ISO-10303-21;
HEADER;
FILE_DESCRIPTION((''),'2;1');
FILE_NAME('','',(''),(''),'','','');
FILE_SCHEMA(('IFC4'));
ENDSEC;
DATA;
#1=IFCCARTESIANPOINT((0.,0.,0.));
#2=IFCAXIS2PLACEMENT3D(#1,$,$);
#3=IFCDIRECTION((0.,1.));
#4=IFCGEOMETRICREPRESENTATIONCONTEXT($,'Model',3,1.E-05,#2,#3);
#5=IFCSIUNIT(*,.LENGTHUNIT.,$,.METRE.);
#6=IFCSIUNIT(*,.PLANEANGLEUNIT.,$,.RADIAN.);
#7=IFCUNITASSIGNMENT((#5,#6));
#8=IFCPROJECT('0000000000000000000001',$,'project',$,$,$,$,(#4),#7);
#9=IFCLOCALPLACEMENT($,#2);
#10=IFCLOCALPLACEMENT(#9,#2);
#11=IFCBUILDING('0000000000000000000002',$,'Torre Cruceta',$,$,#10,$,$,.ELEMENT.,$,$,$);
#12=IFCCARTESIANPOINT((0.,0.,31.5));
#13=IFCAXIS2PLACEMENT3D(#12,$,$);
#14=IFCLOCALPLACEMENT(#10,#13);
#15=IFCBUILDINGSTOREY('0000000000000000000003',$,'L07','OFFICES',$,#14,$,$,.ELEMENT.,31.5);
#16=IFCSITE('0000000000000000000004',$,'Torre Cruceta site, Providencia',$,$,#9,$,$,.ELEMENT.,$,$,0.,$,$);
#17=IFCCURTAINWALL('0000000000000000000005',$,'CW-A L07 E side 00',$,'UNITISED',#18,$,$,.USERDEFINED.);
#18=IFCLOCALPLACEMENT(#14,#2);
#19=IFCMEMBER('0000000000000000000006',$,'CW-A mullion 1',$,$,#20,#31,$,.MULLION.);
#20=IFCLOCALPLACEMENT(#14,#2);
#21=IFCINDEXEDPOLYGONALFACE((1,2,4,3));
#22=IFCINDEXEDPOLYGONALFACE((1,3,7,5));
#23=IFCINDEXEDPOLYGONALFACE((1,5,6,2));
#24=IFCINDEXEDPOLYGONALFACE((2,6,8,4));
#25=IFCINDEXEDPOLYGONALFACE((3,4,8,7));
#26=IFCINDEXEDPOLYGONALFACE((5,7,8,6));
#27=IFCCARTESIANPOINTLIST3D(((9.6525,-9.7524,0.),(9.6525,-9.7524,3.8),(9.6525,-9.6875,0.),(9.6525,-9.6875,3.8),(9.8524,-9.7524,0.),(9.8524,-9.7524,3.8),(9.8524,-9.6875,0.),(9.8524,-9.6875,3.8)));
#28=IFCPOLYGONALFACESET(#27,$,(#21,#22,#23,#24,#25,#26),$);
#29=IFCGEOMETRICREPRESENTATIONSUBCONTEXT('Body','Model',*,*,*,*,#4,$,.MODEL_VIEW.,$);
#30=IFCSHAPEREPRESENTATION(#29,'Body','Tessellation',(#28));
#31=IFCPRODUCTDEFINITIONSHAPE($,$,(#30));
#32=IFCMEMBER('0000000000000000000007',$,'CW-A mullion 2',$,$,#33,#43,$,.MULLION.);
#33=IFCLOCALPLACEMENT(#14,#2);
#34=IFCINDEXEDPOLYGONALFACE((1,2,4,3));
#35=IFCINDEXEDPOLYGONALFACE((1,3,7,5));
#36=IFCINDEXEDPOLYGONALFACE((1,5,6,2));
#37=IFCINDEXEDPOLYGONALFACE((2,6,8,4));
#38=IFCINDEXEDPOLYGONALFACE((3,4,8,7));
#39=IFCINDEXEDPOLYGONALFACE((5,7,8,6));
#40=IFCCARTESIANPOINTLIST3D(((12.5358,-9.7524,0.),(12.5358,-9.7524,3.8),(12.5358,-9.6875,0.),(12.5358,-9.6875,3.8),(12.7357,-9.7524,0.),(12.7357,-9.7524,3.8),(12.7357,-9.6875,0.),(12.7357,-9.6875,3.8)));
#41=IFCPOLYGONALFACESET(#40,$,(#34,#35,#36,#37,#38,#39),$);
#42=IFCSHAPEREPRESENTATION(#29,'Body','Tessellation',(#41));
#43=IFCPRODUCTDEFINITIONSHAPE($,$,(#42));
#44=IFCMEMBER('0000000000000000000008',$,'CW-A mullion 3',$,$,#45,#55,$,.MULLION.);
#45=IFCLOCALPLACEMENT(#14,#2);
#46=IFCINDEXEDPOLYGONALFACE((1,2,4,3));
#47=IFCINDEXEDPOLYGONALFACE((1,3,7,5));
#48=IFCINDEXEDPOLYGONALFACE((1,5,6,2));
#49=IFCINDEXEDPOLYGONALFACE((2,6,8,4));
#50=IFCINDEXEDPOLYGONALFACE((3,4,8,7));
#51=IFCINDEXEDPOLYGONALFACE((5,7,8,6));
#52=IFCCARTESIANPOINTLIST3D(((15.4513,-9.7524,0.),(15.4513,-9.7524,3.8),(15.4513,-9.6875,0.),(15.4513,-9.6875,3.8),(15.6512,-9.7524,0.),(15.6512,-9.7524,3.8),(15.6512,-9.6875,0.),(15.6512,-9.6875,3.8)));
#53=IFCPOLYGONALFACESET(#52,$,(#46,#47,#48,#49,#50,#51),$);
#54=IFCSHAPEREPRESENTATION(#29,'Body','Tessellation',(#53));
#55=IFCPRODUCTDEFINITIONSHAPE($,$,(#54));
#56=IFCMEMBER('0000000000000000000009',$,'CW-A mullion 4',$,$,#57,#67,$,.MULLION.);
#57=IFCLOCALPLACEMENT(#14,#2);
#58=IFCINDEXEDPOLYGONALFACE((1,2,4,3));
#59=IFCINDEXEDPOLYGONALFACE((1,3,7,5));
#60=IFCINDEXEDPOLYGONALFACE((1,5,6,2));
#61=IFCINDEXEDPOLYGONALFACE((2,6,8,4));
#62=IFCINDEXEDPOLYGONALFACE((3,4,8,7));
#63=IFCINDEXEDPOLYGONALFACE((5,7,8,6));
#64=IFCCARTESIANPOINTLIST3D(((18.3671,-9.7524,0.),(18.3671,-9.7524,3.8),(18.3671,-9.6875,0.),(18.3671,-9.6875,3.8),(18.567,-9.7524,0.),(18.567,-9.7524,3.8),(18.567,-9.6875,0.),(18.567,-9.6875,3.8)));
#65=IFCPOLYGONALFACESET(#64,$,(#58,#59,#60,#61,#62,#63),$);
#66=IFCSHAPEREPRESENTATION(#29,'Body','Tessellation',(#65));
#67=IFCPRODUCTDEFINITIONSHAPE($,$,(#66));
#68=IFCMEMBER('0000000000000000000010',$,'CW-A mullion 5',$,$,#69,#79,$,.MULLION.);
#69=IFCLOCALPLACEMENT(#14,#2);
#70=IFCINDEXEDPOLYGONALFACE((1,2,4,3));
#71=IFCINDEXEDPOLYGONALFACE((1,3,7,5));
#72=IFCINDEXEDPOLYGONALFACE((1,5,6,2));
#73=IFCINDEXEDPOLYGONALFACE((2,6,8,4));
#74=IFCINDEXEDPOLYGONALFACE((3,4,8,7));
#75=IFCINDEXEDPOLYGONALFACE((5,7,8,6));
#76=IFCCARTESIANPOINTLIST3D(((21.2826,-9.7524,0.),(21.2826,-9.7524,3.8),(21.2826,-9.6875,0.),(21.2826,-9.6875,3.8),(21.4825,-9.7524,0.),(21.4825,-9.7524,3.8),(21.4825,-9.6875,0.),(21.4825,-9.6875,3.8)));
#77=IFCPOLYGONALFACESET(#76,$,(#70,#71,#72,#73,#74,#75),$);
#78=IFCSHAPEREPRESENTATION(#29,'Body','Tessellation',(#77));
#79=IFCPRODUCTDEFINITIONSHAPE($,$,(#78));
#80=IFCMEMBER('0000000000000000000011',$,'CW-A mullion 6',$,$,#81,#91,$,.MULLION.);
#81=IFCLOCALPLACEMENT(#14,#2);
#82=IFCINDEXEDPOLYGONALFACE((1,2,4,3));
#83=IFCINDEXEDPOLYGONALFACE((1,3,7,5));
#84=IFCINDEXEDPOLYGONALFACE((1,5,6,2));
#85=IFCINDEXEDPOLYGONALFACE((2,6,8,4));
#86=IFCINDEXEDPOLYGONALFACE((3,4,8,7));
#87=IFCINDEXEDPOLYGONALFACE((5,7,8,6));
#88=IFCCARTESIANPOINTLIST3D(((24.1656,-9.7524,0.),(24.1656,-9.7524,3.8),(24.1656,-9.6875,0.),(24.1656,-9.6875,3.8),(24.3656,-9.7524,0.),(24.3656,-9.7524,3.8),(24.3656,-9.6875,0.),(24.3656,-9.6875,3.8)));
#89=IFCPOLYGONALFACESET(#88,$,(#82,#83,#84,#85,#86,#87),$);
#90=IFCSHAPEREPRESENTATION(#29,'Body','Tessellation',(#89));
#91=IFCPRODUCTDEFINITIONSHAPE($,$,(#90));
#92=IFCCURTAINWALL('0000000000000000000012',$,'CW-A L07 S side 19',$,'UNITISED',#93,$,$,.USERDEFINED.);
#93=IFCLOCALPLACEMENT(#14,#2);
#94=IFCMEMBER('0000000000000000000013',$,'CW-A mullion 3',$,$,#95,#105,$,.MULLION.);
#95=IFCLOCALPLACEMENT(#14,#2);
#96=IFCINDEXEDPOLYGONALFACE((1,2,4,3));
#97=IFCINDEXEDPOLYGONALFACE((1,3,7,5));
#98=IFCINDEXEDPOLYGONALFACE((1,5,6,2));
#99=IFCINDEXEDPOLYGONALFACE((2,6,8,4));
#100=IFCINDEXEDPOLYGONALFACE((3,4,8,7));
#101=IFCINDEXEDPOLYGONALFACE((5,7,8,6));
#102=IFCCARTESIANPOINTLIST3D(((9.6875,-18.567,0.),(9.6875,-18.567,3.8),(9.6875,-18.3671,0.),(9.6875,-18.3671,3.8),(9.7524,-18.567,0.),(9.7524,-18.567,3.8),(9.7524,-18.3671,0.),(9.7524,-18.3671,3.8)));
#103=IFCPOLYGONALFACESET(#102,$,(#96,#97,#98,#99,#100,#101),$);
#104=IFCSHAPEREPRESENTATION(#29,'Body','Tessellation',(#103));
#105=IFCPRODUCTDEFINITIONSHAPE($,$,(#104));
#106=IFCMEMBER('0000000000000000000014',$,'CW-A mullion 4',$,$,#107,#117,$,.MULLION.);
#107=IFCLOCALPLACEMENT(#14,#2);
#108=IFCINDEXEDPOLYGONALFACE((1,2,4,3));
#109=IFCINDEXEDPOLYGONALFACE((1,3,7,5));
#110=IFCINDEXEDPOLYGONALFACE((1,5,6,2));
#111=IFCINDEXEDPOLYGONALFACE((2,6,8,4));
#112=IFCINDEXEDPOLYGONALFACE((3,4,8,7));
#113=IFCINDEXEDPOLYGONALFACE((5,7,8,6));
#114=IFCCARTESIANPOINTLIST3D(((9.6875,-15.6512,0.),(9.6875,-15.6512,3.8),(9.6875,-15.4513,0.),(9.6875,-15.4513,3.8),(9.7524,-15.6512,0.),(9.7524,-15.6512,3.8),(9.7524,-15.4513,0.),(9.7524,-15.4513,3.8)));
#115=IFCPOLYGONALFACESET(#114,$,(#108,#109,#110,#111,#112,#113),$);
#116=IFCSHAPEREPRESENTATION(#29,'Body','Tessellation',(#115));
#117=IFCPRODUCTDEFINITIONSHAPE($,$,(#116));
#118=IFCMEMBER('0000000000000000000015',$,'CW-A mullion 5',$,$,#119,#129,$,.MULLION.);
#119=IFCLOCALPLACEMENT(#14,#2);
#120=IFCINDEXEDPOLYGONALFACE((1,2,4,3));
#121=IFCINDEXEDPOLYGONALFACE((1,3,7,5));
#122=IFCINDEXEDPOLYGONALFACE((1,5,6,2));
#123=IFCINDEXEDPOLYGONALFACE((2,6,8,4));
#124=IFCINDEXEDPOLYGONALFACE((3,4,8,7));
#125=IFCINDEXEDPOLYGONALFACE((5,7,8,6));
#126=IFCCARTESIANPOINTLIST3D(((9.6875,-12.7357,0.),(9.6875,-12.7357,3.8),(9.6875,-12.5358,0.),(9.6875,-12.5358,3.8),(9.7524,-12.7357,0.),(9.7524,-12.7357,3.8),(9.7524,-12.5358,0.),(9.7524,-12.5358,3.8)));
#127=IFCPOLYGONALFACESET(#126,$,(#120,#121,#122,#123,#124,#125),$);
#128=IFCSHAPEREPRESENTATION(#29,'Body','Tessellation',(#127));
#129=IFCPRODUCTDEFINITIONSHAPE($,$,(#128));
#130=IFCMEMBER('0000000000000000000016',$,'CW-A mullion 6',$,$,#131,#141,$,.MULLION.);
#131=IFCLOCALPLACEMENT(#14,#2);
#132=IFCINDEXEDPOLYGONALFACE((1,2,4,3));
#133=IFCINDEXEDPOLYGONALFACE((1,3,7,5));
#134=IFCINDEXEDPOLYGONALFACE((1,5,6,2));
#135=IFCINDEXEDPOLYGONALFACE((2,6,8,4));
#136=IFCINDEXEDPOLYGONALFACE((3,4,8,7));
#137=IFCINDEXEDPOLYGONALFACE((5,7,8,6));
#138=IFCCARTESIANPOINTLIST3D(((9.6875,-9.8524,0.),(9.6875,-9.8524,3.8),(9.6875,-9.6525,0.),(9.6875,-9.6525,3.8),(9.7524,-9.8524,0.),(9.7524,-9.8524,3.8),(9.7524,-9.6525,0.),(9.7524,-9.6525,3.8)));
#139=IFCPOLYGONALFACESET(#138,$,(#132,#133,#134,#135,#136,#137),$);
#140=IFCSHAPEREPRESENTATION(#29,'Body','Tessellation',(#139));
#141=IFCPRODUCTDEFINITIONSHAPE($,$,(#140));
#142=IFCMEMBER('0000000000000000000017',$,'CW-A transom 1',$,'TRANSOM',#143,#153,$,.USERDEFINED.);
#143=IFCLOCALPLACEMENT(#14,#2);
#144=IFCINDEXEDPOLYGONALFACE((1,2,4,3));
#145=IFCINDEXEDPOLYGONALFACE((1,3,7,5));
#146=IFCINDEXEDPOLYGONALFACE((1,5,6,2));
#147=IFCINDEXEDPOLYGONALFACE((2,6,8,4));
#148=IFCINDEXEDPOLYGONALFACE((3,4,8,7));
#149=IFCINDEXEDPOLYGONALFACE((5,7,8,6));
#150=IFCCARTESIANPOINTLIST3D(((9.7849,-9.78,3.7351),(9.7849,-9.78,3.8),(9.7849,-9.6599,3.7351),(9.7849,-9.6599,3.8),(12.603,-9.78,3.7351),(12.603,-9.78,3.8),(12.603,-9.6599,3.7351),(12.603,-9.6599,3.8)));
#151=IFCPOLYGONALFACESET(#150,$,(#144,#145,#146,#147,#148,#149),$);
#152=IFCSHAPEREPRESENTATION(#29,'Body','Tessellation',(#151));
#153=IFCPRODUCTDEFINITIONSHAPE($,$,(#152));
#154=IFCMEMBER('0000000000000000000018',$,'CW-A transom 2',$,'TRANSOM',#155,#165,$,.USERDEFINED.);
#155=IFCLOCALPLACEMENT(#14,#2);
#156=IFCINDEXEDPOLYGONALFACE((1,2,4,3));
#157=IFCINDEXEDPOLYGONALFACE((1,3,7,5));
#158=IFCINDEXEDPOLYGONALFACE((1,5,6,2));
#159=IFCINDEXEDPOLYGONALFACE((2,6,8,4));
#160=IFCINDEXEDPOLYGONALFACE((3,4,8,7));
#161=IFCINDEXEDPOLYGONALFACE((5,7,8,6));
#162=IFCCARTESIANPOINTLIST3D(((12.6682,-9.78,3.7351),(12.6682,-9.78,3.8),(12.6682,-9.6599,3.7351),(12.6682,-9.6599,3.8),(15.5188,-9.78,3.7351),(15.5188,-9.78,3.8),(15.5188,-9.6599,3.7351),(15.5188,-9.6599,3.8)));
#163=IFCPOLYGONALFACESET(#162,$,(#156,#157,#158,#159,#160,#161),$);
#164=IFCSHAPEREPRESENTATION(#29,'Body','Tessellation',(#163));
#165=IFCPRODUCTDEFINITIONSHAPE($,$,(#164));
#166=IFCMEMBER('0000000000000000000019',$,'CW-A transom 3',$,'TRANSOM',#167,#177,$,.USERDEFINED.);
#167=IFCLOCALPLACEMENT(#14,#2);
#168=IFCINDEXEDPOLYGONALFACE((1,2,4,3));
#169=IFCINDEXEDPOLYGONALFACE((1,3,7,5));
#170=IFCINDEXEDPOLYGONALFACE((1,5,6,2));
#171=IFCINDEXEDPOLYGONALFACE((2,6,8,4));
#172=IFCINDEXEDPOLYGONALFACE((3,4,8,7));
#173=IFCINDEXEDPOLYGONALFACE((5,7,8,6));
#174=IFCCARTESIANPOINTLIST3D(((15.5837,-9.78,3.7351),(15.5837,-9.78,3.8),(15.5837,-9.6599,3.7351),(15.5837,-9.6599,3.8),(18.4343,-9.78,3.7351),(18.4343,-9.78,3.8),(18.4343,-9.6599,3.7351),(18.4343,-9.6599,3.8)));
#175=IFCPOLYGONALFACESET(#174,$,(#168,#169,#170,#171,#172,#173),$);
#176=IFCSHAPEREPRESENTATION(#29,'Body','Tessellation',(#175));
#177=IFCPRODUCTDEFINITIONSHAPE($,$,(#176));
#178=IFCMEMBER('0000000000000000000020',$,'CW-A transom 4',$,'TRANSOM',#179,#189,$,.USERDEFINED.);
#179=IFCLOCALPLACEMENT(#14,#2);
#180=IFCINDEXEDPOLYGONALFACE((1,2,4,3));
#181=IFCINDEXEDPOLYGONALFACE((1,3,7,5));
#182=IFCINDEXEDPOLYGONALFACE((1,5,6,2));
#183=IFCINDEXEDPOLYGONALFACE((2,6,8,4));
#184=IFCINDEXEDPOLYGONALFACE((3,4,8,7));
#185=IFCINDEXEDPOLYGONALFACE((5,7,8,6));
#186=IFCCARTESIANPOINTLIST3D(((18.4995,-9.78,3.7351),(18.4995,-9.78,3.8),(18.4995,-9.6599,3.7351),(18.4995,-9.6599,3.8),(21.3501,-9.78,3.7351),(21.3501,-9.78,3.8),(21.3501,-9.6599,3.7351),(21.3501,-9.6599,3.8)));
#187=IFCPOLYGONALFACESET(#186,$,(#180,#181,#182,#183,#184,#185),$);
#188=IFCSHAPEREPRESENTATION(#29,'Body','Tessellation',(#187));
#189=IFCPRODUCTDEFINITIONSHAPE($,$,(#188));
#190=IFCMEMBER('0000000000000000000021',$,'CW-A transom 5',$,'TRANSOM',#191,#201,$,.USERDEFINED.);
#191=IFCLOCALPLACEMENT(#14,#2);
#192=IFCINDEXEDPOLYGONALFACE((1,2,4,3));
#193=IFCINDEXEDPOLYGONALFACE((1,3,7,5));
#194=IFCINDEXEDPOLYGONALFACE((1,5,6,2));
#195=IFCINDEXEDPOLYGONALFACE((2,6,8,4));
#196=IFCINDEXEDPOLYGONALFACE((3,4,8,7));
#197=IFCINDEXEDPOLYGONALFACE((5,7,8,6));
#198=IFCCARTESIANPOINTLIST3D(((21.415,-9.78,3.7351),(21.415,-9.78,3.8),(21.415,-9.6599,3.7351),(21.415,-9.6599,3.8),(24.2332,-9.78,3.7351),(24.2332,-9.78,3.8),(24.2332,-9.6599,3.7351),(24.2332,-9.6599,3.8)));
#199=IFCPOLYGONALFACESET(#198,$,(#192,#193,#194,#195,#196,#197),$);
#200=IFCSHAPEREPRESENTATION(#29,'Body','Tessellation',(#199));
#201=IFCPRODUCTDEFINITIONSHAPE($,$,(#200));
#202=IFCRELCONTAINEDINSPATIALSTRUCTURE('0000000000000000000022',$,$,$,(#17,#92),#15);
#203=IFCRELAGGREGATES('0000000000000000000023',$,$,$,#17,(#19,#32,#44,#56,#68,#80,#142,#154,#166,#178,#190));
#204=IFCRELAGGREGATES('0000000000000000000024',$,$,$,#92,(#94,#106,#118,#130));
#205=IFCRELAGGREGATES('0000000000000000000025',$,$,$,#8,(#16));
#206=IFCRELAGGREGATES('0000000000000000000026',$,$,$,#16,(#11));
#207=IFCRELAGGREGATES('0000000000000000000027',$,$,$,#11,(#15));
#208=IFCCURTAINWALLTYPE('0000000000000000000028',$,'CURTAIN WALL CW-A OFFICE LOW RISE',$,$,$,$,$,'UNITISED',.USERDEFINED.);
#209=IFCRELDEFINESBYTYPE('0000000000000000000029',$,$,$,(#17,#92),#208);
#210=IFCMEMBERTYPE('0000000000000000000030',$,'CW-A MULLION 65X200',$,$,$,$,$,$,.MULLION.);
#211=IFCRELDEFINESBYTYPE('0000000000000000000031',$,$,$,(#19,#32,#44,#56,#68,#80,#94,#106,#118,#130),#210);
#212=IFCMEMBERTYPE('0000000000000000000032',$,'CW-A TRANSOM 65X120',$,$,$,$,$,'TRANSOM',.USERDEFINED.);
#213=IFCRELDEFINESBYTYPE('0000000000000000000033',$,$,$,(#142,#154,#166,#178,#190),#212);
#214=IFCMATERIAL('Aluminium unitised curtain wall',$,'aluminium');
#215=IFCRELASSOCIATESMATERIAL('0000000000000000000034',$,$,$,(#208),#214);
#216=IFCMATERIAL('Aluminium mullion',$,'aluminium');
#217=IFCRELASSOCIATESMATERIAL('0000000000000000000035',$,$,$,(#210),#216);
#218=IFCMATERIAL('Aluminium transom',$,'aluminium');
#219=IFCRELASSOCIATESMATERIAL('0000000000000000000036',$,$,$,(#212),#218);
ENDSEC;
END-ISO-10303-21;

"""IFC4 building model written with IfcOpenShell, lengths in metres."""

from ifc_helpers import new_model, si_unit, direction, frame, origin, origin_2d, place, context, subcontext, project, spatial, rectangle, extrude, material, material_profile, profile_set, type_object, element, aggregate, save


model = new_model("IFC4")

# Units and contexts
model_context = context("Model", 3, precision=1e-05, world=origin(), true_north=direction((0.0, 1.0)))
body_context = subcontext(model_context, "Body", "Model", "MODEL_VIEW")
ifc_project = project(units=[si_unit("LENGTHUNIT", "METRE"), si_unit("PLANEANGLEUNIT", "RADIAN")], contexts=[model_context])

# Site, building, storey
site_placement = place(None, origin())
site = spatial("IfcSite", under=ifc_project, at=site_placement, Name="Torre Cruceta site, Providencia", CompositionType="ELEMENT", RefElevation=0.0)
building_placement = place(site_placement, origin())
building = spatial("IfcBuilding", under=site, at=building_placement, Name="Torre Cruceta", CompositionType="ELEMENT")
storey_placement = place(building_placement, frame((0.0, 0.0, 31.5)))
storey = spatial("IfcBuildingStorey", under=building, at=storey_placement, Name="L07", Description="OFFICES", CompositionType="ELEMENT", Elevation=31.5)

# Curtain walls, members
ifc_material_1 = material(Name="Aluminium unitised curtain wall", Category="aluminium")
curtain_wall_type = type_object("IfcCurtainWallType", Name="CURTAIN WALL CW-A OFFICE LOW RISE", ElementType="UNITISED", PredefinedType="USERDEFINED", material=ifc_material_1)
curtain_wall_1_placement = place(storey_placement, origin())
curtain_wall_1 = element("IfcCurtainWall", 1, at=curtain_wall_1_placement, inside=storey, type_object=curtain_wall_type, Name="CW-A L07 E side 00", ObjectType="UNITISED", PredefinedType="USERDEFINED")
ifc_material_2 = material(Name="Aluminium mullion", Category="aluminium")
ifc_material_profile_1 = material_profile(ifc_material_2, rectangle(XDim=0.0649, YDim=0.2, at=origin_2d()), Name="AL 65X200")
ifc_profile_set_1 = profile_set([ifc_material_profile_1], Name="Aluminium mullion")
member_type_1 = type_object("IfcMemberType", Name="CW-A MULLION 65X200", PredefinedType="MULLION", material=ifc_profile_set_1)
member_1_placement = place(storey_placement, frame((9.7524, -9.72, 0.0), z_axis=(0.0, 0.0, 1.0), x_axis=(0.0, 1.0, 0.0)))
member_1 = element("IfcMember", 2, at=member_1_placement, type_object=member_type_1, Name="CW-A mullion 1", PredefinedType="MULLION", context=body_context, shape_type="SweptSolid", body=[
    extrude(rectangle(XDim=0.0649, YDim=0.2, at=origin_2d()), origin(), (0.0, 0.0, 1.0), 3.8),
])
member_2_placement = place(storey_placement, frame((12.6357, -9.72, 0.0), z_axis=(0.0, 0.0, 1.0), x_axis=(0.0, 1.0, 0.0)))
member_2 = element("IfcMember", 3, at=member_2_placement, type_object=member_type_1, Name="CW-A mullion 2", PredefinedType="MULLION", context=body_context, shape_type="SweptSolid", body=[
    extrude(rectangle(XDim=0.0649, YDim=0.2, at=origin_2d()), origin(), (0.0, 0.0, 1.0), 3.8),
])
member_3_placement = place(storey_placement, frame((15.5513, -9.72, 0.0), z_axis=(0.0, 0.0, 1.0), x_axis=(0.0, 1.0, 0.0)))
member_3 = element("IfcMember", 4, at=member_3_placement, type_object=member_type_1, Name="CW-A mullion 3", PredefinedType="MULLION", context=body_context, shape_type="SweptSolid", body=[
    extrude(rectangle(XDim=0.0649, YDim=0.2, at=origin_2d()), origin(), (0.0, 0.0, 1.0), 3.8),
])
member_4_placement = place(storey_placement, frame((18.467, -9.72, 0.0), z_axis=(0.0, 0.0, 1.0), x_axis=(0.0, 1.0, 0.0)))
member_4 = element("IfcMember", 5, at=member_4_placement, type_object=member_type_1, Name="CW-A mullion 4", PredefinedType="MULLION", context=body_context, shape_type="SweptSolid", body=[
    extrude(rectangle(XDim=0.0649, YDim=0.2, at=origin_2d()), origin(), (0.0, 0.0, 1.0), 3.8),
])
member_5_placement = place(storey_placement, frame((21.3826, -9.72, 0.0), z_axis=(0.0, 0.0, 1.0), x_axis=(0.0, 1.0, 0.0)))
member_5 = element("IfcMember", 6, at=member_5_placement, type_object=member_type_1, Name="CW-A mullion 5", PredefinedType="MULLION", context=body_context, shape_type="SweptSolid", body=[
    extrude(rectangle(XDim=0.0649, YDim=0.2, at=origin_2d()), origin(), (0.0, 0.0, 1.0), 3.8),
])
member_6_placement = place(storey_placement, frame((24.2656, -9.72, 0.0), z_axis=(0.0, 0.0, 1.0), x_axis=(0.0, 1.0, 0.0)))
member_6 = element("IfcMember", 7, at=member_6_placement, type_object=member_type_1, Name="CW-A mullion 6", PredefinedType="MULLION", context=body_context, shape_type="SweptSolid", body=[
    extrude(rectangle(XDim=0.0649, YDim=0.2, at=origin_2d()), origin(), (0.0, 0.0, 1.0), 3.8),
])
curtain_wall_2_placement = place(storey_placement, origin())
curtain_wall_2 = element("IfcCurtainWall", 8, at=curtain_wall_2_placement, inside=storey, type_object=curtain_wall_type, Name="CW-A L07 S side 19", ObjectType="UNITISED", PredefinedType="USERDEFINED")
member_7_placement = place(storey_placement, frame((9.72, -18.467, 0.0), z_axis=(0.0, 0.0, 1.0), x_axis=(-1.0, 0.0, 0.0)))
member_7 = element("IfcMember", 9, at=member_7_placement, type_object=member_type_1, Name="CW-A mullion 3", PredefinedType="MULLION", context=body_context, shape_type="SweptSolid", body=[
    extrude(rectangle(XDim=0.0649, YDim=0.2, at=origin_2d()), origin(), (0.0, 0.0, 1.0), 3.8),
])
member_8_placement = place(storey_placement, frame((9.72, -15.5513, 0.0), z_axis=(0.0, 0.0, 1.0), x_axis=(-1.0, 0.0, 0.0)))
member_8 = element("IfcMember", 10, at=member_8_placement, type_object=member_type_1, Name="CW-A mullion 4", PredefinedType="MULLION", context=body_context, shape_type="SweptSolid", body=[
    extrude(rectangle(XDim=0.0649, YDim=0.2, at=origin_2d()), origin(), (0.0, 0.0, 1.0), 3.8),
])
member_9_placement = place(storey_placement, frame((9.72, -12.6357, 0.0), z_axis=(0.0, 0.0, 1.0), x_axis=(-1.0, 0.0, 0.0)))
member_9 = element("IfcMember", 11, at=member_9_placement, type_object=member_type_1, Name="CW-A mullion 5", PredefinedType="MULLION", context=body_context, shape_type="SweptSolid", body=[
    extrude(rectangle(XDim=0.0649, YDim=0.2, at=origin_2d()), origin(), (0.0, 0.0, 1.0), 3.8),
])
member_10_placement = place(storey_placement, frame((9.72, -9.7524, 0.0), z_axis=(0.0, 0.0, 1.0), x_axis=(-1.0, 0.0, 0.0)))
member_10 = element("IfcMember", 12, at=member_10_placement, type_object=member_type_1, Name="CW-A mullion 6", PredefinedType="MULLION", context=body_context, shape_type="SweptSolid", body=[
    extrude(rectangle(XDim=0.0649, YDim=0.2, at=origin_2d()), origin(), (0.0, 0.0, 1.0), 3.8),
])

# Members
ifc_material_3 = material(Name="Aluminium transom", Category="aluminium")
ifc_material_profile_2 = material_profile(ifc_material_3, rectangle(XDim=0.1201, YDim=0.0649, at=origin_2d()), Name="AL 120X65")
ifc_profile_set_2 = profile_set([ifc_material_profile_2], Name="Aluminium transom")
member_type_2 = type_object("IfcMemberType", Name="CW-A TRANSOM 65X120", ElementType="TRANSOM", PredefinedType="USERDEFINED", material=ifc_profile_set_2)
member_11_placement = place(storey_placement, frame((9.7849, -9.72, 3.7676), z_axis=(1.0, 0.0, 0.0), x_axis=(0.0, 1.0, 0.0)))
member_11 = element("IfcMember", 13, at=member_11_placement, type_object=member_type_2, Name="CW-A transom 1", ObjectType="TRANSOM", PredefinedType="USERDEFINED", context=body_context, shape_type="SweptSolid", body=[
    extrude(rectangle(XDim=0.1201, YDim=0.0649, at=origin_2d()), origin(), (0.0, 0.0, 1.0), 2.8181),
])
member_12_placement = place(storey_placement, frame((12.6682, -9.72, 3.7676), z_axis=(1.0, 0.0, 0.0), x_axis=(0.0, 1.0, 0.0)))
member_12 = element("IfcMember", 14, at=member_12_placement, type_object=member_type_2, Name="CW-A transom 2", ObjectType="TRANSOM", PredefinedType="USERDEFINED", context=body_context, shape_type="SweptSolid", body=[
    extrude(rectangle(XDim=0.1201, YDim=0.0649, at=origin_2d()), origin(), (0.0, 0.0, 1.0), 2.8506),
])
member_13_placement = place(storey_placement, frame((15.5837, -9.72, 3.7676), z_axis=(1.0, 0.0, 0.0), x_axis=(0.0, 1.0, 0.0)))
member_13 = element("IfcMember", 15, at=member_13_placement, type_object=member_type_2, Name="CW-A transom 3", ObjectType="TRANSOM", PredefinedType="USERDEFINED", context=body_context, shape_type="SweptSolid", body=[
    extrude(rectangle(XDim=0.1201, YDim=0.0649, at=origin_2d()), origin(), (0.0, 0.0, 1.0), 2.8506),
])
member_14_placement = place(storey_placement, frame((18.4995, -9.72, 3.7676), z_axis=(1.0, 0.0, 0.0), x_axis=(0.0, 1.0, 0.0)))
member_14 = element("IfcMember", 16, at=member_14_placement, type_object=member_type_2, Name="CW-A transom 4", ObjectType="TRANSOM", PredefinedType="USERDEFINED", context=body_context, shape_type="SweptSolid", body=[
    extrude(rectangle(XDim=0.1201, YDim=0.0649, at=origin_2d()), origin(), (0.0, 0.0, 1.0), 2.8506),
])
member_15_placement = place(storey_placement, frame((21.415, -9.72, 3.7676), z_axis=(1.0, 0.0, 0.0), x_axis=(0.0, 1.0, 0.0)))
member_15 = element("IfcMember", 17, at=member_15_placement, type_object=member_type_2, Name="CW-A transom 5", ObjectType="TRANSOM", PredefinedType="USERDEFINED", context=body_context, shape_type="SweptSolid", body=[
    extrude(rectangle(XDim=0.1201, YDim=0.0649, at=origin_2d()), origin(), (0.0, 0.0, 1.0), 2.8181),
])

aggregate(curtain_wall_1, [member_1, member_2, member_3, member_4, member_5, member_6, member_11, member_12, member_13, member_14, member_15])
aggregate(curtain_wall_2, [member_7, member_8, member_9, member_10])

save(model, "model.ifc")
